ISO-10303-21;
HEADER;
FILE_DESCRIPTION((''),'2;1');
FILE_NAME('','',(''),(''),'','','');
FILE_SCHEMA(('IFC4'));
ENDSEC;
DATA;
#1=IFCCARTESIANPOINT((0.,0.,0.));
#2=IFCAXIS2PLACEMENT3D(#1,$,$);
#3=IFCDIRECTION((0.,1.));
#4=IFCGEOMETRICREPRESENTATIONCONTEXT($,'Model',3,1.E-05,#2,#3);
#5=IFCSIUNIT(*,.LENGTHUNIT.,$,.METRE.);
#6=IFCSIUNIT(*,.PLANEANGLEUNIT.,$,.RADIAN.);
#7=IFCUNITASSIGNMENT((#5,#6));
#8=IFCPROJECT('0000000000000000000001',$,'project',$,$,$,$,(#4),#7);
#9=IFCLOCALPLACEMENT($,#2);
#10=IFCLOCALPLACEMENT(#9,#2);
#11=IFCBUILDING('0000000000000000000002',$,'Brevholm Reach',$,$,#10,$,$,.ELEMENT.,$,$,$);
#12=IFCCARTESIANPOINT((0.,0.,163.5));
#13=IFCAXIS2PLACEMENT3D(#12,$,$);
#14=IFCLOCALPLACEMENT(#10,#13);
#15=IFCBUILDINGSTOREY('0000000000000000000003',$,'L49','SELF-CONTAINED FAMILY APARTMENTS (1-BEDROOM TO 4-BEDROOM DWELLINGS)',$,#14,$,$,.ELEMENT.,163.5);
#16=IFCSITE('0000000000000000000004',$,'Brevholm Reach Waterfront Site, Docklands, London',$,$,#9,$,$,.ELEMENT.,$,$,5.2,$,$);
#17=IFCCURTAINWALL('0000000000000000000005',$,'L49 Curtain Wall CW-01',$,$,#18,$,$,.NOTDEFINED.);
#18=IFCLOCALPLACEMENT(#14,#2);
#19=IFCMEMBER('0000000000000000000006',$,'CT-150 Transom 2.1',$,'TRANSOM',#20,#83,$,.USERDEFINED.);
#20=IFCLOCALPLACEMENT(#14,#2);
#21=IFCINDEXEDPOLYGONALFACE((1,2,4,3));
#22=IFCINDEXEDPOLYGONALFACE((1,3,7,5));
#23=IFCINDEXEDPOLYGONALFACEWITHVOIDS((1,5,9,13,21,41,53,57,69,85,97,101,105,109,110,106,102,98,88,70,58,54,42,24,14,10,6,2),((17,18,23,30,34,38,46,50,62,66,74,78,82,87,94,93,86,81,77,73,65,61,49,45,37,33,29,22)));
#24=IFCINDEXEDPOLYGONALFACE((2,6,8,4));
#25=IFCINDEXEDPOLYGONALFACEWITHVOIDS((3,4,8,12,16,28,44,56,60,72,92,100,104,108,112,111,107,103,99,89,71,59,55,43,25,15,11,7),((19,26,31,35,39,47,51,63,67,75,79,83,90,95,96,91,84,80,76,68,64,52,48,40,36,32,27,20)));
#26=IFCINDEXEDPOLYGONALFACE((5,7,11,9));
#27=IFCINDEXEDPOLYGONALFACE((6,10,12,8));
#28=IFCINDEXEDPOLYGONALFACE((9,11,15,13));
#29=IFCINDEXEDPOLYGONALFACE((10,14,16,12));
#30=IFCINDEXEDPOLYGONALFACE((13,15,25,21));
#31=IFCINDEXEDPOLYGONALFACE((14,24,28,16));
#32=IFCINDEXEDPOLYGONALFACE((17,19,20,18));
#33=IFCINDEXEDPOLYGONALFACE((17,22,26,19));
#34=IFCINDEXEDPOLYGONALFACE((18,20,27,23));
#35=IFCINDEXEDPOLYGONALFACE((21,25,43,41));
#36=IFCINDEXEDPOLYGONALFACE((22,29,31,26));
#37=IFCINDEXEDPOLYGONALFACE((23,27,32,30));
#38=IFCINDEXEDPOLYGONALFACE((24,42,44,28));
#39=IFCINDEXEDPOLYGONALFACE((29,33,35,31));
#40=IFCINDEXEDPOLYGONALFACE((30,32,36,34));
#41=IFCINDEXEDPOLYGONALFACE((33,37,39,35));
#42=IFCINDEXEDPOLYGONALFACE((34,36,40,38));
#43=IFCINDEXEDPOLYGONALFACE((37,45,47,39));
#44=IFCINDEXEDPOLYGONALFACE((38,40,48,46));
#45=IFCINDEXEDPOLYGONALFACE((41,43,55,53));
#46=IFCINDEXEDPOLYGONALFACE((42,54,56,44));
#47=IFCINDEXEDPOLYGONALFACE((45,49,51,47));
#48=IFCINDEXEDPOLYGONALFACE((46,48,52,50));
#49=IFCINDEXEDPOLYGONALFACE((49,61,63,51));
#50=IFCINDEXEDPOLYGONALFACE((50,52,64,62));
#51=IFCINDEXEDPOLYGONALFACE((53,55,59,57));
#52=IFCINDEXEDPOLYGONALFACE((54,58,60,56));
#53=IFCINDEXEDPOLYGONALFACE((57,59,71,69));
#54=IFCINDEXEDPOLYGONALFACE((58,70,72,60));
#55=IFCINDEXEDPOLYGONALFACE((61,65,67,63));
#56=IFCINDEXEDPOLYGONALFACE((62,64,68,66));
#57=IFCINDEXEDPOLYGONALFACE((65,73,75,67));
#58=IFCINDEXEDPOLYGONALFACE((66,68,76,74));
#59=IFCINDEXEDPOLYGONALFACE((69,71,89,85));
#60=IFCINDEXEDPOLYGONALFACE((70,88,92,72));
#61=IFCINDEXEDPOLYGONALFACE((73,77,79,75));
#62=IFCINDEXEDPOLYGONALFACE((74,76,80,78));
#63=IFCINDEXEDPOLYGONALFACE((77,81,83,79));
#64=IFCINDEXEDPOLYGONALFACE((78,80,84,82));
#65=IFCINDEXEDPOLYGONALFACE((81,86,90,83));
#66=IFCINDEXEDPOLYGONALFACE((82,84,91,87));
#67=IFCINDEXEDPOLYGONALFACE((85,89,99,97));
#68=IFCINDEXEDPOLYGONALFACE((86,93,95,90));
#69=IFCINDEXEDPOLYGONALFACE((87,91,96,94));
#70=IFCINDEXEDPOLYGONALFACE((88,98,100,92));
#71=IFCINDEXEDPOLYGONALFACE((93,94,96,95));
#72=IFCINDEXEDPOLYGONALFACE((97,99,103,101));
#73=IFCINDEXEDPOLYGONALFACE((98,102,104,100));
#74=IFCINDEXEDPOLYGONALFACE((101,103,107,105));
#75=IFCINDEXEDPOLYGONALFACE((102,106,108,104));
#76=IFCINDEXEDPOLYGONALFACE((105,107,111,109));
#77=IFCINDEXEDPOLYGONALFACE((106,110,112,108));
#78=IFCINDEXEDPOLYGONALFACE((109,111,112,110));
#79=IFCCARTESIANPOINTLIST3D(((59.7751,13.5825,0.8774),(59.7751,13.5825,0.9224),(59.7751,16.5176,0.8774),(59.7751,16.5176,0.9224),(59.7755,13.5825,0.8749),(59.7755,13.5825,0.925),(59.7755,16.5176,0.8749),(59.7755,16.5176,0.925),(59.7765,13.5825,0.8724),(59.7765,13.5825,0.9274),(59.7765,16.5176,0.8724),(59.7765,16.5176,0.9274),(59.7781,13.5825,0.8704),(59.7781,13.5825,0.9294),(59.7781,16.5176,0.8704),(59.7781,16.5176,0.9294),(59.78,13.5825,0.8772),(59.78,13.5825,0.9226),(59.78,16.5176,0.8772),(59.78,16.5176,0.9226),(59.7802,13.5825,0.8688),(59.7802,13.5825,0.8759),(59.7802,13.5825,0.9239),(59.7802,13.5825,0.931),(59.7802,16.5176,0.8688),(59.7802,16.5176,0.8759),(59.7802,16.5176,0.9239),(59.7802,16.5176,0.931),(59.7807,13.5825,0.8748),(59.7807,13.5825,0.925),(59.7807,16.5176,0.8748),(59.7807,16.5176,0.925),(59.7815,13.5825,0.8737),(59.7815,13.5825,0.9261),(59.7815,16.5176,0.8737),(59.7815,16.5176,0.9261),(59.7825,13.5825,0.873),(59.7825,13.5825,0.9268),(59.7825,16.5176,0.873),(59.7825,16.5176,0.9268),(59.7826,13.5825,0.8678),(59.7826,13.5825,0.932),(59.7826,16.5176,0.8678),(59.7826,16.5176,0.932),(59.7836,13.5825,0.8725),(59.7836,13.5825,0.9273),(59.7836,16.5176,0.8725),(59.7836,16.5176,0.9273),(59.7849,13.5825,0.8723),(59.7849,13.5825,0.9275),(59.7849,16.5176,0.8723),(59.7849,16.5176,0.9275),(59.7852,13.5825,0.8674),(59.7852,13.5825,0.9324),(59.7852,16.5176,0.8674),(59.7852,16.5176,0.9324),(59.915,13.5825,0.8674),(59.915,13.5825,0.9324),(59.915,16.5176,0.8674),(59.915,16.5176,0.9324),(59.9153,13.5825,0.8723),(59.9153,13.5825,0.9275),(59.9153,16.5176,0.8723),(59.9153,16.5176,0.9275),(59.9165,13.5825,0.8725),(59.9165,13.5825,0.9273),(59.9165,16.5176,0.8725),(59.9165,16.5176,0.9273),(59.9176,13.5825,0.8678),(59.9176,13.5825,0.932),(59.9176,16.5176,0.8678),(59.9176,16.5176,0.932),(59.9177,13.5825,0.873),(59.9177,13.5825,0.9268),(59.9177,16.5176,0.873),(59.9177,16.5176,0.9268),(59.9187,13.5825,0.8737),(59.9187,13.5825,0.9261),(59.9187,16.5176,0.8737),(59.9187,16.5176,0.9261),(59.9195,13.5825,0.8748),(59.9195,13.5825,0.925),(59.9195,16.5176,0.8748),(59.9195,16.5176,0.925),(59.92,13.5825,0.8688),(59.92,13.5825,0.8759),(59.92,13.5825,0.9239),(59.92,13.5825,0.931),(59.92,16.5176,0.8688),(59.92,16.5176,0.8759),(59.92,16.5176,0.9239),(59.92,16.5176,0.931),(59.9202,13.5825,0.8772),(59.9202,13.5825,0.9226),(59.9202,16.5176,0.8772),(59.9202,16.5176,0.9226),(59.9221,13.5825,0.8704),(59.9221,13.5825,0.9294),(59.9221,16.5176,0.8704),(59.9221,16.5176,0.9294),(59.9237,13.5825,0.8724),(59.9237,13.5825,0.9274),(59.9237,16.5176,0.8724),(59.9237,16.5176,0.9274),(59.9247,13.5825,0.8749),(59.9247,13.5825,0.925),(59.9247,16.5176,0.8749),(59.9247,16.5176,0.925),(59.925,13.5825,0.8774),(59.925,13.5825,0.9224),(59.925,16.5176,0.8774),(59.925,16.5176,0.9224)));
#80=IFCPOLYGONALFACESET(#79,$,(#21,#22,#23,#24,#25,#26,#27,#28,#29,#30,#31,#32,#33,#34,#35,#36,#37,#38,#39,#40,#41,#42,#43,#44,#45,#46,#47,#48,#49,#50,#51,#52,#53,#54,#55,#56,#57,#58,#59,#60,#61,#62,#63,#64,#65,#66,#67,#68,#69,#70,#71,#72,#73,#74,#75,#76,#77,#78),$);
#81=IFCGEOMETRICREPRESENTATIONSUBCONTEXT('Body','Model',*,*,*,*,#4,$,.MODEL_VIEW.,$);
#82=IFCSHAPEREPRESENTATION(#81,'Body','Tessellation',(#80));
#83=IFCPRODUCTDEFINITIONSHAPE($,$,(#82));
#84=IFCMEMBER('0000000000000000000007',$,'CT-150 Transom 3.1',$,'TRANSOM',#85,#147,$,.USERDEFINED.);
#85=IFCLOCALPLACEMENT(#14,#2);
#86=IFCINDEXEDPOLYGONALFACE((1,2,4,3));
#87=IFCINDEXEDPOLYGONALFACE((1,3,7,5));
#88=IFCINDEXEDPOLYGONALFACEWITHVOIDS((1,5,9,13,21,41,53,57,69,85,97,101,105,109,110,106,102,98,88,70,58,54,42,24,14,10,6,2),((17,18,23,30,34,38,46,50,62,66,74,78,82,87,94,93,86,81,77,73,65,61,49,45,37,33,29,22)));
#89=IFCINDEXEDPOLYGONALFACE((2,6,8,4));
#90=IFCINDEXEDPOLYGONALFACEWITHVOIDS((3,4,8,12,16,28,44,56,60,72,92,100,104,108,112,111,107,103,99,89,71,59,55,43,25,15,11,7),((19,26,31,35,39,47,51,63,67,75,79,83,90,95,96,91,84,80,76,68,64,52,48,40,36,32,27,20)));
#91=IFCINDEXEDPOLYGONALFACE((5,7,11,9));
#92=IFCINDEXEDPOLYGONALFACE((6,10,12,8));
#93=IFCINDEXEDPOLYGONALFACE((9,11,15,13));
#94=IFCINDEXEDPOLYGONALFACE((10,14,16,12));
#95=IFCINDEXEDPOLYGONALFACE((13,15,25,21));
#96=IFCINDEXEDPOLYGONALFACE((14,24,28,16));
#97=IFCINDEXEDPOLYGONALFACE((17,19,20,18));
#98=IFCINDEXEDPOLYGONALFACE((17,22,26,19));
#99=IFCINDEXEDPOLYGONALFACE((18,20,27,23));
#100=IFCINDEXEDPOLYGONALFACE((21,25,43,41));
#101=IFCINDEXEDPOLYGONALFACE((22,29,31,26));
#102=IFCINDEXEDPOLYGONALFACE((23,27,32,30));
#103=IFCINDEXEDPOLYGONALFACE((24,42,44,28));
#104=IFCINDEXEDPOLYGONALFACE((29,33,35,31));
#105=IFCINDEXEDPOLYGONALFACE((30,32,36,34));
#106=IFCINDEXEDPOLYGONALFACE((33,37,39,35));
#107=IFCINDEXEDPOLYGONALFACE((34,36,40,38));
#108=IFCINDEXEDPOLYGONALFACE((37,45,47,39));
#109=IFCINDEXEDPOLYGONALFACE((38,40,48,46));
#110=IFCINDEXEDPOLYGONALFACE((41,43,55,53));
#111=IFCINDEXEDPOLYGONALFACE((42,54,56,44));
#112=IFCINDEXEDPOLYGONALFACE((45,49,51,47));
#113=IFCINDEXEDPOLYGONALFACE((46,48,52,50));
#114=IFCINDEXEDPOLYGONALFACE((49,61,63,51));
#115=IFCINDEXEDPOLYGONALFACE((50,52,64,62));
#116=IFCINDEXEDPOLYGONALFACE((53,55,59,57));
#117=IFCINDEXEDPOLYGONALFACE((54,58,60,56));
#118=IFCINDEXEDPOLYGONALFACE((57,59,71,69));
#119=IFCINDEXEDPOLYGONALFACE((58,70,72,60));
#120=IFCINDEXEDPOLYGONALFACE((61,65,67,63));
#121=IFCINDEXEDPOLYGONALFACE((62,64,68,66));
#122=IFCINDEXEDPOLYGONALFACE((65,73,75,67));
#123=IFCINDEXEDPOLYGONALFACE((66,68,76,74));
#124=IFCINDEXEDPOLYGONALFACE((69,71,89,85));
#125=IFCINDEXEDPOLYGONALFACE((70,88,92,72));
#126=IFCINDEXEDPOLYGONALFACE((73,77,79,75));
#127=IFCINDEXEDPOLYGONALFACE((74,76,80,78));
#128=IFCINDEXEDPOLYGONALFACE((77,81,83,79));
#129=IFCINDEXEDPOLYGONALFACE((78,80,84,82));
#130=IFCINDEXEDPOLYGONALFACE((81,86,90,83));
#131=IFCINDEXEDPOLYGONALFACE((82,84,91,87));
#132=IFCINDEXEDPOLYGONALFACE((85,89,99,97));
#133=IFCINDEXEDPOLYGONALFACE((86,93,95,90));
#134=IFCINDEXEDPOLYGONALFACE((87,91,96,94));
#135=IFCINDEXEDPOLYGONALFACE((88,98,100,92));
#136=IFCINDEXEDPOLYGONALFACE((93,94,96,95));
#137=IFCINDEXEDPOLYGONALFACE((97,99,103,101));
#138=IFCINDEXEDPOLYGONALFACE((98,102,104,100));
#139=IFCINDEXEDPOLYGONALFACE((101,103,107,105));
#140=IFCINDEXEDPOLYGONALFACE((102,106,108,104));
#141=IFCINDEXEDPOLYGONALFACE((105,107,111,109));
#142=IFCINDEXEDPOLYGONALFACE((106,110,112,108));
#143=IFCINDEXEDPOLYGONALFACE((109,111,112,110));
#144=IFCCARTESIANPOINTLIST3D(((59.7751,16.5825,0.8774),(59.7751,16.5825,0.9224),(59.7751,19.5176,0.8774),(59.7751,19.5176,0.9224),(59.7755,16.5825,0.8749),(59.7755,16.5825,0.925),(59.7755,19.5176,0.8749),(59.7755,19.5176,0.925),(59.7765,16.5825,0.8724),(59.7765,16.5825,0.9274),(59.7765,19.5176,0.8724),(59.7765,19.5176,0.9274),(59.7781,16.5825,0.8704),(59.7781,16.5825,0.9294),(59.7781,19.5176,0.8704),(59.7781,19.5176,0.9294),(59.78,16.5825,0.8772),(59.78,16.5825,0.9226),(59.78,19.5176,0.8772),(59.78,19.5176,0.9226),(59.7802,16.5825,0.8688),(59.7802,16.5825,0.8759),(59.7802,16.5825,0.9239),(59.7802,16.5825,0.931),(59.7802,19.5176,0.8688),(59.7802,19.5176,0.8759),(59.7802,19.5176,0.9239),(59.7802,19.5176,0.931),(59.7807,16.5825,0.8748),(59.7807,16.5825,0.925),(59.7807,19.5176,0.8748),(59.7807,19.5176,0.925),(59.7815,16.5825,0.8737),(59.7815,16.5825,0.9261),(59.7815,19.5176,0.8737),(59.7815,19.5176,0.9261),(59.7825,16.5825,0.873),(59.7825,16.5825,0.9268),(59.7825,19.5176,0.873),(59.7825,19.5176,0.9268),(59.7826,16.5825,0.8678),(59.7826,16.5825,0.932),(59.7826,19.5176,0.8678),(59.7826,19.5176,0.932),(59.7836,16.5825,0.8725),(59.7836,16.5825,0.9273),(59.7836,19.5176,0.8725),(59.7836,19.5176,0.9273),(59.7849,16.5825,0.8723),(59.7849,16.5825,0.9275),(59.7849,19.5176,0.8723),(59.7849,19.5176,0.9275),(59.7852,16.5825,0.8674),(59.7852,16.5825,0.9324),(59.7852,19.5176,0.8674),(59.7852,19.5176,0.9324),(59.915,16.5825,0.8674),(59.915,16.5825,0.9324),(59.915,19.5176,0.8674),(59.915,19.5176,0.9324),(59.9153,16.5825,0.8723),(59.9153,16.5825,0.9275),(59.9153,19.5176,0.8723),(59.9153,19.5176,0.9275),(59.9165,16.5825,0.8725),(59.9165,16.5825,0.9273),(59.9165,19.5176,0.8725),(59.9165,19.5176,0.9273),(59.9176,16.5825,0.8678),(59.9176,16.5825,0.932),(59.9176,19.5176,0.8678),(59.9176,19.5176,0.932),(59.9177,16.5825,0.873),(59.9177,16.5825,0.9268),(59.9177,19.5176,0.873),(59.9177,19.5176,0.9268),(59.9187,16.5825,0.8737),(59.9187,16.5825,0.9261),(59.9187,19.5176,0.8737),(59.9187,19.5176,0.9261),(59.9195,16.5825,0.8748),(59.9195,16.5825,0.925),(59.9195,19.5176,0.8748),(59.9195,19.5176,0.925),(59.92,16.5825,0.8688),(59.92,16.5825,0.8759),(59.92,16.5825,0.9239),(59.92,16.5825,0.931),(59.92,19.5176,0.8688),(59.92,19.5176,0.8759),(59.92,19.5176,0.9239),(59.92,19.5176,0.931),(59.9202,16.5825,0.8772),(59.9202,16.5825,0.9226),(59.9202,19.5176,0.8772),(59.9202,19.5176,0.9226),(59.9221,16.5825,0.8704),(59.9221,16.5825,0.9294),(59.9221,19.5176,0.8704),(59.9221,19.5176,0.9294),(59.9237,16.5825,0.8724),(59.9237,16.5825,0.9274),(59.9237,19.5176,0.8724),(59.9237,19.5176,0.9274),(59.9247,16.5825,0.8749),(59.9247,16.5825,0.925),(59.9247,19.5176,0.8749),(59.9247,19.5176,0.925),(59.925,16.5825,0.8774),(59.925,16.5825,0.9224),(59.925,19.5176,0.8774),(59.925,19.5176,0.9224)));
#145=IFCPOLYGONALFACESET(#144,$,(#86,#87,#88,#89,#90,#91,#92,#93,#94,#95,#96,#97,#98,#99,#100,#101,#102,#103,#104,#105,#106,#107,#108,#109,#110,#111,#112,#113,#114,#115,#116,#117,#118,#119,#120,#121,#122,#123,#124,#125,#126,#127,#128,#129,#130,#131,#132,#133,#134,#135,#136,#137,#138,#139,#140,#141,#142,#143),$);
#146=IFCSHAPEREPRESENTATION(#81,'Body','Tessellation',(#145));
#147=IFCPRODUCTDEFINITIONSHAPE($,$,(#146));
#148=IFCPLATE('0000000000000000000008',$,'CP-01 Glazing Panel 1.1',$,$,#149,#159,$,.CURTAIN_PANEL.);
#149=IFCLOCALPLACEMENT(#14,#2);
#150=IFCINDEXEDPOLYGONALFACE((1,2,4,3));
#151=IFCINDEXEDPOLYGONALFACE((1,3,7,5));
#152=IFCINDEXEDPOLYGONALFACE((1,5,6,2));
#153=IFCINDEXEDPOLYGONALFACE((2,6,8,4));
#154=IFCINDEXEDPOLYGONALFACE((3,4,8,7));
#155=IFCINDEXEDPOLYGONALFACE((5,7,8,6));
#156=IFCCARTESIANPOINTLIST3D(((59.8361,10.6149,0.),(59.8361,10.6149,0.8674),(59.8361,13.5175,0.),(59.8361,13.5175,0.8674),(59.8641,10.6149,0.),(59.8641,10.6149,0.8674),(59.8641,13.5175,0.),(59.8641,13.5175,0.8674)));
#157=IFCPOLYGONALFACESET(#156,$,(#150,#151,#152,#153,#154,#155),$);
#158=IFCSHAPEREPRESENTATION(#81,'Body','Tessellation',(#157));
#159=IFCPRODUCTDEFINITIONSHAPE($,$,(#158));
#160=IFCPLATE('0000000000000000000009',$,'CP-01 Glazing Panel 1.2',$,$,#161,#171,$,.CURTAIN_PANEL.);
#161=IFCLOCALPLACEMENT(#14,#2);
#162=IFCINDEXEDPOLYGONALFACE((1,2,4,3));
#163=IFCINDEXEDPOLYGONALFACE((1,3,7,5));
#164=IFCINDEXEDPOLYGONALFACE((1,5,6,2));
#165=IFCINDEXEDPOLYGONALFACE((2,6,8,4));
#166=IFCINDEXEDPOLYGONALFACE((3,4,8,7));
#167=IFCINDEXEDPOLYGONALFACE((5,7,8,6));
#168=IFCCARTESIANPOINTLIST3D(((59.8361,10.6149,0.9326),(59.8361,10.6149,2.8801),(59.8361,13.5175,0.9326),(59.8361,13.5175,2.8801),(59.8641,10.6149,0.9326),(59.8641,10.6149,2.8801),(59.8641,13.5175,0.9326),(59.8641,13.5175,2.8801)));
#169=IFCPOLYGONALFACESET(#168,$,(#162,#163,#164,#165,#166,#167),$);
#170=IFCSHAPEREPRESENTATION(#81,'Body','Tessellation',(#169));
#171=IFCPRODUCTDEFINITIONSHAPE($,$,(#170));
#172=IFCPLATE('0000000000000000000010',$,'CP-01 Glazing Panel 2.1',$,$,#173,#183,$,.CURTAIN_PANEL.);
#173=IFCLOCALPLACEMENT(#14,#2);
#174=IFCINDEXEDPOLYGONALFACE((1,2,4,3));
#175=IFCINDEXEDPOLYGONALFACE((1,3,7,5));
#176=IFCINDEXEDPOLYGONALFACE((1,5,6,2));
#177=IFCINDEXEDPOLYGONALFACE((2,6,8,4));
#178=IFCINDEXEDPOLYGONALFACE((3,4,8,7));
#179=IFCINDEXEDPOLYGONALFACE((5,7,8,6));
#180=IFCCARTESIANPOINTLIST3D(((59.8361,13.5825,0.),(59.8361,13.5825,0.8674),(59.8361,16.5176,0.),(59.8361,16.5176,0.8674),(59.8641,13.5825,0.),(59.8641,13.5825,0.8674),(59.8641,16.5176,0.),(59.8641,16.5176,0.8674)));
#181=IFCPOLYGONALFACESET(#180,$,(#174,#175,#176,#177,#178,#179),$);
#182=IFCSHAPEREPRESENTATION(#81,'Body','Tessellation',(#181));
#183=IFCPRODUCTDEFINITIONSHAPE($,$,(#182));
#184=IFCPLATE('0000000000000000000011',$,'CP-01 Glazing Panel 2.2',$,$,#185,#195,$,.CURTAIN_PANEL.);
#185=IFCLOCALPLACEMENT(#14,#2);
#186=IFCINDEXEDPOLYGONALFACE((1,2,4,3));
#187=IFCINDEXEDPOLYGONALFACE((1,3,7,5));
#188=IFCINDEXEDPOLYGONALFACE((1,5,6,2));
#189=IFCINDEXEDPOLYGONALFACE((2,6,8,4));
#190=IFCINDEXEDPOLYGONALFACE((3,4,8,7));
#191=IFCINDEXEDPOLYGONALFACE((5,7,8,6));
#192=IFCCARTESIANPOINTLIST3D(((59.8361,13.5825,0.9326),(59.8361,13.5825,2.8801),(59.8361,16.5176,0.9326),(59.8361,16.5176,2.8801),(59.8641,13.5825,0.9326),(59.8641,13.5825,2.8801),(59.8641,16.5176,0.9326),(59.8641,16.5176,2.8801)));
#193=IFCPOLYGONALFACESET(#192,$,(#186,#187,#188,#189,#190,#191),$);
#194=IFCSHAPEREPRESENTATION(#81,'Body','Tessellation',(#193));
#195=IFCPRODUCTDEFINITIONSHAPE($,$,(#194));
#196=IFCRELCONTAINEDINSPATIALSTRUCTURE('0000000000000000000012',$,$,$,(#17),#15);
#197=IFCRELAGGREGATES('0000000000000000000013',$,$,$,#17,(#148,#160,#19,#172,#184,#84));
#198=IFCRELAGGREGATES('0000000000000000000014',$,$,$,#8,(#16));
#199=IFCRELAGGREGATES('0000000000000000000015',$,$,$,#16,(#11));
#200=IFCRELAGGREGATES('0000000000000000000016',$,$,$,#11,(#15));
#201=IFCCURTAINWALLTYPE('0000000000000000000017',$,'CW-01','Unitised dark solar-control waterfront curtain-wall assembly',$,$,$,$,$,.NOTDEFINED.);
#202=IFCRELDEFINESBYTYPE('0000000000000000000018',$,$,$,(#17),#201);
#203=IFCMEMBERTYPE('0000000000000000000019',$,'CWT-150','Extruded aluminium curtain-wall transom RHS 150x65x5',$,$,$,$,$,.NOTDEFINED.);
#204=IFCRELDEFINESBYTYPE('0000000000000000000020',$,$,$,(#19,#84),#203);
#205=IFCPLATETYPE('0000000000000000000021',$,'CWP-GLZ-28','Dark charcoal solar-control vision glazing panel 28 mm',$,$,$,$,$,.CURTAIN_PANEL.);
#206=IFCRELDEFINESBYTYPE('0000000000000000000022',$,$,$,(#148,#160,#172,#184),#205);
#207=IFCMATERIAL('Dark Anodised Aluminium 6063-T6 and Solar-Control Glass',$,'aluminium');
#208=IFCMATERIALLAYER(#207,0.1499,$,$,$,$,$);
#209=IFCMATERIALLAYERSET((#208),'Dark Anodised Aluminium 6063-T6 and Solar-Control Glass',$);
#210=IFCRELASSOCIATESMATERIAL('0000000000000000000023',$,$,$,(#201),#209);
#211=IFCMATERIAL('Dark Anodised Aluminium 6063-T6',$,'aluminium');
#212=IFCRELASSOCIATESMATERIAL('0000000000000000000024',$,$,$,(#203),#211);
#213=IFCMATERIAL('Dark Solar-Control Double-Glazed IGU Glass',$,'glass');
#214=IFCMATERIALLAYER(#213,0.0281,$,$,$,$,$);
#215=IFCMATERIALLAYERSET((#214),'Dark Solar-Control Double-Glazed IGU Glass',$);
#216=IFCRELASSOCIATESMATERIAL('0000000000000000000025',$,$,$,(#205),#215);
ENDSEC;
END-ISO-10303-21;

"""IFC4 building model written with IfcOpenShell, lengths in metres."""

from ifc_helpers import new_model, si_unit, direction, frame, origin, origin_2d, place, context, subcontext, project, spatial, rectangle, hollow_rectangle, extrude, material, layer, layer_set, material_profile, profile_set, type_object, element, aggregate, save


model = new_model("IFC4")

# Units and contexts
model_context = context("Model", 3, precision=1e-05, world=origin(), true_north=direction((0.0, 1.0)))
body_context = subcontext(model_context, "Body", "Model", "MODEL_VIEW")
ifc_project = project(units=[si_unit("LENGTHUNIT", "METRE"), si_unit("PLANEANGLEUNIT", "RADIAN")], contexts=[model_context])

# Site, building, storey
site_placement = place(None, origin())
site = spatial("IfcSite", under=ifc_project, at=site_placement, Name="Brevholm Reach Waterfront Site, Docklands, London", CompositionType="ELEMENT", RefElevation=5.2)
building_placement = place(site_placement, origin())
building = spatial("IfcBuilding", under=site, at=building_placement, Name="Brevholm Reach", CompositionType="ELEMENT")
storey_placement = place(building_placement, frame((0.0, 0.0, 163.5)))
storey = spatial("IfcBuildingStorey", under=building, at=storey_placement, Name="L49", Description="SELF-CONTAINED FAMILY APARTMENTS (1-BEDROOM TO 4-BEDROOM DWELLINGS)", CompositionType="ELEMENT", Elevation=163.5)

# Curtain wall, members, plates
ifc_material_1 = material(Name="Dark Anodised Aluminium 6063-T6 and Solar-Control Glass", Category="aluminium")
ifc_layer_1 = layer(ifc_material_1, 0.1499)
ifc_layer_set_1 = layer_set([ifc_layer_1], Name="Dark Anodised Aluminium 6063-T6 and Solar-Control Glass")
curtain_wall_type = type_object("IfcCurtainWallType", Name="CW-01", Description="Unitised dark solar-control waterfront curtain-wall assembly", PredefinedType="NOTDEFINED", material=ifc_layer_set_1)
curtain_wall_placement = place(storey_placement, origin())
curtain_wall = element("IfcCurtainWall", 1, at=curtain_wall_placement, inside=storey, type_object=curtain_wall_type, Name="L49 Curtain Wall CW-01", PredefinedType="NOTDEFINED")
ifc_material_2 = material(Name="Dark Anodised Aluminium 6063-T6", Category="aluminium")
ifc_material_profile_1 = material_profile(ifc_material_2, hollow_rectangle(XDim=0.0649, YDim=0.1499, WallThickness=0.0049, InnerFilletRadius=0.0049, OuterFilletRadius=0.01, at=origin_2d()), Name="RHS 150x65x5")
ifc_profile_set_1 = profile_set([ifc_material_profile_1], Name="Dark Anodised Aluminium 6063-T6")
member_type_1 = type_object("IfcMemberType", Name="CWT-150", Description="Extruded aluminium curtain-wall transom RHS 150x65x5", PredefinedType="NOTDEFINED", material=ifc_profile_set_1)
member_1_placement = place(storey_placement, frame((59.8501, 13.5825, 0.8999), z_axis=(0.0, 1.0, 0.0), x_axis=(0.0, 0.0, 1.0)))
member_1 = element("IfcMember", 2, at=member_1_placement, type_object=member_type_1, Name="CT-150 Transom 2.1", ObjectType="TRANSOM", PredefinedType="USERDEFINED", context=body_context, shape_type="SweptSolid", body=[
    extrude(hollow_rectangle(XDim=0.0649, YDim=0.1499, WallThickness=0.0049, InnerFilletRadius=0.0049, OuterFilletRadius=0.01, at=origin_2d()), origin(), (0.0, 0.0, 1.0), 2.9351),
])
member_2_placement = place(storey_placement, frame((59.8501, 16.5825, 0.8999), z_axis=(0.0, 1.0, 0.0), x_axis=(0.0, 0.0, 1.0)))
member_2 = element("IfcMember", 3, at=member_2_placement, type_object=member_type_1, Name="CT-150 Transom 3.1", ObjectType="TRANSOM", PredefinedType="USERDEFINED", context=body_context, shape_type="SweptSolid", body=[
    extrude(hollow_rectangle(XDim=0.0649, YDim=0.1499, WallThickness=0.0049, InnerFilletRadius=0.0049, OuterFilletRadius=0.01, at=origin_2d()), origin(), (0.0, 0.0, 1.0), 2.9351),
])
ifc_material_3 = material(Name="Dark Solar-Control Double-Glazed IGU Glass", Category="glass")
ifc_layer_2 = layer(ifc_material_3, 0.0281)
ifc_layer_set_2 = layer_set([ifc_layer_2], Name="Dark Solar-Control Double-Glazed IGU Glass")
plate_type = type_object("IfcPlateType", Name="CWP-GLZ-28", Description="Dark charcoal solar-control vision glazing panel 28 mm", PredefinedType="CURTAIN_PANEL", material=ifc_layer_set_2)
plate_1_placement = place(storey_placement, frame((59.8501, 12.0662, 0.0), z_axis=(0.0, 0.0, 1.0), x_axis=(0.0, 1.0, 0.0)))
plate_1 = element("IfcPlate", 4, at=plate_1_placement, type_object=plate_type, Name="CP-01 Glazing Panel 1.1", PredefinedType="CURTAIN_PANEL", context=body_context, shape_type="SweptSolid", body=[
    extrude(rectangle(XDim=2.9026, YDim=0.0281, at=origin_2d()), origin(), (0.0, 0.0, 1.0), 0.8674),
])
plate_2_placement = place(storey_placement, frame((59.8501, 12.0662, 0.9326), z_axis=(0.0, 0.0, 1.0), x_axis=(0.0, 1.0, 0.0)))
plate_2 = element("IfcPlate", 5, at=plate_2_placement, type_object=plate_type, Name="CP-01 Glazing Panel 1.2", PredefinedType="CURTAIN_PANEL", context=body_context, shape_type="SweptSolid", body=[
    extrude(rectangle(XDim=2.9026, YDim=0.0281, at=origin_2d()), origin(), (0.0, 0.0, 1.0), 1.9475),
])
plate_3_placement = place(storey_placement, frame((59.8501, 15.05, 0.0), z_axis=(0.0, 0.0, 1.0), x_axis=(0.0, 1.0, 0.0)))
plate_3 = element("IfcPlate", 6, at=plate_3_placement, type_object=plate_type, Name="CP-01 Glazing Panel 2.1", PredefinedType="CURTAIN_PANEL", context=body_context, shape_type="SweptSolid", body=[
    extrude(rectangle(XDim=2.9351, YDim=0.0281, at=origin_2d()), origin(), (0.0, 0.0, 1.0), 0.8674),
])
plate_4_placement = place(storey_placement, frame((59.8501, 15.05, 0.9326), z_axis=(0.0, 0.0, 1.0), x_axis=(0.0, 1.0, 0.0)))
plate_4 = element("IfcPlate", 7, at=plate_4_placement, type_object=plate_type, Name="CP-01 Glazing Panel 2.2", PredefinedType="CURTAIN_PANEL", context=body_context, shape_type="SweptSolid", body=[
    extrude(rectangle(XDim=2.9351, YDim=0.0281, at=origin_2d()), origin(), (0.0, 0.0, 1.0), 1.9475),
])
aggregate(curtain_wall, [plate_1, plate_2, member_1, plate_3, plate_4, member_2])

save(model, "model.ifc")
